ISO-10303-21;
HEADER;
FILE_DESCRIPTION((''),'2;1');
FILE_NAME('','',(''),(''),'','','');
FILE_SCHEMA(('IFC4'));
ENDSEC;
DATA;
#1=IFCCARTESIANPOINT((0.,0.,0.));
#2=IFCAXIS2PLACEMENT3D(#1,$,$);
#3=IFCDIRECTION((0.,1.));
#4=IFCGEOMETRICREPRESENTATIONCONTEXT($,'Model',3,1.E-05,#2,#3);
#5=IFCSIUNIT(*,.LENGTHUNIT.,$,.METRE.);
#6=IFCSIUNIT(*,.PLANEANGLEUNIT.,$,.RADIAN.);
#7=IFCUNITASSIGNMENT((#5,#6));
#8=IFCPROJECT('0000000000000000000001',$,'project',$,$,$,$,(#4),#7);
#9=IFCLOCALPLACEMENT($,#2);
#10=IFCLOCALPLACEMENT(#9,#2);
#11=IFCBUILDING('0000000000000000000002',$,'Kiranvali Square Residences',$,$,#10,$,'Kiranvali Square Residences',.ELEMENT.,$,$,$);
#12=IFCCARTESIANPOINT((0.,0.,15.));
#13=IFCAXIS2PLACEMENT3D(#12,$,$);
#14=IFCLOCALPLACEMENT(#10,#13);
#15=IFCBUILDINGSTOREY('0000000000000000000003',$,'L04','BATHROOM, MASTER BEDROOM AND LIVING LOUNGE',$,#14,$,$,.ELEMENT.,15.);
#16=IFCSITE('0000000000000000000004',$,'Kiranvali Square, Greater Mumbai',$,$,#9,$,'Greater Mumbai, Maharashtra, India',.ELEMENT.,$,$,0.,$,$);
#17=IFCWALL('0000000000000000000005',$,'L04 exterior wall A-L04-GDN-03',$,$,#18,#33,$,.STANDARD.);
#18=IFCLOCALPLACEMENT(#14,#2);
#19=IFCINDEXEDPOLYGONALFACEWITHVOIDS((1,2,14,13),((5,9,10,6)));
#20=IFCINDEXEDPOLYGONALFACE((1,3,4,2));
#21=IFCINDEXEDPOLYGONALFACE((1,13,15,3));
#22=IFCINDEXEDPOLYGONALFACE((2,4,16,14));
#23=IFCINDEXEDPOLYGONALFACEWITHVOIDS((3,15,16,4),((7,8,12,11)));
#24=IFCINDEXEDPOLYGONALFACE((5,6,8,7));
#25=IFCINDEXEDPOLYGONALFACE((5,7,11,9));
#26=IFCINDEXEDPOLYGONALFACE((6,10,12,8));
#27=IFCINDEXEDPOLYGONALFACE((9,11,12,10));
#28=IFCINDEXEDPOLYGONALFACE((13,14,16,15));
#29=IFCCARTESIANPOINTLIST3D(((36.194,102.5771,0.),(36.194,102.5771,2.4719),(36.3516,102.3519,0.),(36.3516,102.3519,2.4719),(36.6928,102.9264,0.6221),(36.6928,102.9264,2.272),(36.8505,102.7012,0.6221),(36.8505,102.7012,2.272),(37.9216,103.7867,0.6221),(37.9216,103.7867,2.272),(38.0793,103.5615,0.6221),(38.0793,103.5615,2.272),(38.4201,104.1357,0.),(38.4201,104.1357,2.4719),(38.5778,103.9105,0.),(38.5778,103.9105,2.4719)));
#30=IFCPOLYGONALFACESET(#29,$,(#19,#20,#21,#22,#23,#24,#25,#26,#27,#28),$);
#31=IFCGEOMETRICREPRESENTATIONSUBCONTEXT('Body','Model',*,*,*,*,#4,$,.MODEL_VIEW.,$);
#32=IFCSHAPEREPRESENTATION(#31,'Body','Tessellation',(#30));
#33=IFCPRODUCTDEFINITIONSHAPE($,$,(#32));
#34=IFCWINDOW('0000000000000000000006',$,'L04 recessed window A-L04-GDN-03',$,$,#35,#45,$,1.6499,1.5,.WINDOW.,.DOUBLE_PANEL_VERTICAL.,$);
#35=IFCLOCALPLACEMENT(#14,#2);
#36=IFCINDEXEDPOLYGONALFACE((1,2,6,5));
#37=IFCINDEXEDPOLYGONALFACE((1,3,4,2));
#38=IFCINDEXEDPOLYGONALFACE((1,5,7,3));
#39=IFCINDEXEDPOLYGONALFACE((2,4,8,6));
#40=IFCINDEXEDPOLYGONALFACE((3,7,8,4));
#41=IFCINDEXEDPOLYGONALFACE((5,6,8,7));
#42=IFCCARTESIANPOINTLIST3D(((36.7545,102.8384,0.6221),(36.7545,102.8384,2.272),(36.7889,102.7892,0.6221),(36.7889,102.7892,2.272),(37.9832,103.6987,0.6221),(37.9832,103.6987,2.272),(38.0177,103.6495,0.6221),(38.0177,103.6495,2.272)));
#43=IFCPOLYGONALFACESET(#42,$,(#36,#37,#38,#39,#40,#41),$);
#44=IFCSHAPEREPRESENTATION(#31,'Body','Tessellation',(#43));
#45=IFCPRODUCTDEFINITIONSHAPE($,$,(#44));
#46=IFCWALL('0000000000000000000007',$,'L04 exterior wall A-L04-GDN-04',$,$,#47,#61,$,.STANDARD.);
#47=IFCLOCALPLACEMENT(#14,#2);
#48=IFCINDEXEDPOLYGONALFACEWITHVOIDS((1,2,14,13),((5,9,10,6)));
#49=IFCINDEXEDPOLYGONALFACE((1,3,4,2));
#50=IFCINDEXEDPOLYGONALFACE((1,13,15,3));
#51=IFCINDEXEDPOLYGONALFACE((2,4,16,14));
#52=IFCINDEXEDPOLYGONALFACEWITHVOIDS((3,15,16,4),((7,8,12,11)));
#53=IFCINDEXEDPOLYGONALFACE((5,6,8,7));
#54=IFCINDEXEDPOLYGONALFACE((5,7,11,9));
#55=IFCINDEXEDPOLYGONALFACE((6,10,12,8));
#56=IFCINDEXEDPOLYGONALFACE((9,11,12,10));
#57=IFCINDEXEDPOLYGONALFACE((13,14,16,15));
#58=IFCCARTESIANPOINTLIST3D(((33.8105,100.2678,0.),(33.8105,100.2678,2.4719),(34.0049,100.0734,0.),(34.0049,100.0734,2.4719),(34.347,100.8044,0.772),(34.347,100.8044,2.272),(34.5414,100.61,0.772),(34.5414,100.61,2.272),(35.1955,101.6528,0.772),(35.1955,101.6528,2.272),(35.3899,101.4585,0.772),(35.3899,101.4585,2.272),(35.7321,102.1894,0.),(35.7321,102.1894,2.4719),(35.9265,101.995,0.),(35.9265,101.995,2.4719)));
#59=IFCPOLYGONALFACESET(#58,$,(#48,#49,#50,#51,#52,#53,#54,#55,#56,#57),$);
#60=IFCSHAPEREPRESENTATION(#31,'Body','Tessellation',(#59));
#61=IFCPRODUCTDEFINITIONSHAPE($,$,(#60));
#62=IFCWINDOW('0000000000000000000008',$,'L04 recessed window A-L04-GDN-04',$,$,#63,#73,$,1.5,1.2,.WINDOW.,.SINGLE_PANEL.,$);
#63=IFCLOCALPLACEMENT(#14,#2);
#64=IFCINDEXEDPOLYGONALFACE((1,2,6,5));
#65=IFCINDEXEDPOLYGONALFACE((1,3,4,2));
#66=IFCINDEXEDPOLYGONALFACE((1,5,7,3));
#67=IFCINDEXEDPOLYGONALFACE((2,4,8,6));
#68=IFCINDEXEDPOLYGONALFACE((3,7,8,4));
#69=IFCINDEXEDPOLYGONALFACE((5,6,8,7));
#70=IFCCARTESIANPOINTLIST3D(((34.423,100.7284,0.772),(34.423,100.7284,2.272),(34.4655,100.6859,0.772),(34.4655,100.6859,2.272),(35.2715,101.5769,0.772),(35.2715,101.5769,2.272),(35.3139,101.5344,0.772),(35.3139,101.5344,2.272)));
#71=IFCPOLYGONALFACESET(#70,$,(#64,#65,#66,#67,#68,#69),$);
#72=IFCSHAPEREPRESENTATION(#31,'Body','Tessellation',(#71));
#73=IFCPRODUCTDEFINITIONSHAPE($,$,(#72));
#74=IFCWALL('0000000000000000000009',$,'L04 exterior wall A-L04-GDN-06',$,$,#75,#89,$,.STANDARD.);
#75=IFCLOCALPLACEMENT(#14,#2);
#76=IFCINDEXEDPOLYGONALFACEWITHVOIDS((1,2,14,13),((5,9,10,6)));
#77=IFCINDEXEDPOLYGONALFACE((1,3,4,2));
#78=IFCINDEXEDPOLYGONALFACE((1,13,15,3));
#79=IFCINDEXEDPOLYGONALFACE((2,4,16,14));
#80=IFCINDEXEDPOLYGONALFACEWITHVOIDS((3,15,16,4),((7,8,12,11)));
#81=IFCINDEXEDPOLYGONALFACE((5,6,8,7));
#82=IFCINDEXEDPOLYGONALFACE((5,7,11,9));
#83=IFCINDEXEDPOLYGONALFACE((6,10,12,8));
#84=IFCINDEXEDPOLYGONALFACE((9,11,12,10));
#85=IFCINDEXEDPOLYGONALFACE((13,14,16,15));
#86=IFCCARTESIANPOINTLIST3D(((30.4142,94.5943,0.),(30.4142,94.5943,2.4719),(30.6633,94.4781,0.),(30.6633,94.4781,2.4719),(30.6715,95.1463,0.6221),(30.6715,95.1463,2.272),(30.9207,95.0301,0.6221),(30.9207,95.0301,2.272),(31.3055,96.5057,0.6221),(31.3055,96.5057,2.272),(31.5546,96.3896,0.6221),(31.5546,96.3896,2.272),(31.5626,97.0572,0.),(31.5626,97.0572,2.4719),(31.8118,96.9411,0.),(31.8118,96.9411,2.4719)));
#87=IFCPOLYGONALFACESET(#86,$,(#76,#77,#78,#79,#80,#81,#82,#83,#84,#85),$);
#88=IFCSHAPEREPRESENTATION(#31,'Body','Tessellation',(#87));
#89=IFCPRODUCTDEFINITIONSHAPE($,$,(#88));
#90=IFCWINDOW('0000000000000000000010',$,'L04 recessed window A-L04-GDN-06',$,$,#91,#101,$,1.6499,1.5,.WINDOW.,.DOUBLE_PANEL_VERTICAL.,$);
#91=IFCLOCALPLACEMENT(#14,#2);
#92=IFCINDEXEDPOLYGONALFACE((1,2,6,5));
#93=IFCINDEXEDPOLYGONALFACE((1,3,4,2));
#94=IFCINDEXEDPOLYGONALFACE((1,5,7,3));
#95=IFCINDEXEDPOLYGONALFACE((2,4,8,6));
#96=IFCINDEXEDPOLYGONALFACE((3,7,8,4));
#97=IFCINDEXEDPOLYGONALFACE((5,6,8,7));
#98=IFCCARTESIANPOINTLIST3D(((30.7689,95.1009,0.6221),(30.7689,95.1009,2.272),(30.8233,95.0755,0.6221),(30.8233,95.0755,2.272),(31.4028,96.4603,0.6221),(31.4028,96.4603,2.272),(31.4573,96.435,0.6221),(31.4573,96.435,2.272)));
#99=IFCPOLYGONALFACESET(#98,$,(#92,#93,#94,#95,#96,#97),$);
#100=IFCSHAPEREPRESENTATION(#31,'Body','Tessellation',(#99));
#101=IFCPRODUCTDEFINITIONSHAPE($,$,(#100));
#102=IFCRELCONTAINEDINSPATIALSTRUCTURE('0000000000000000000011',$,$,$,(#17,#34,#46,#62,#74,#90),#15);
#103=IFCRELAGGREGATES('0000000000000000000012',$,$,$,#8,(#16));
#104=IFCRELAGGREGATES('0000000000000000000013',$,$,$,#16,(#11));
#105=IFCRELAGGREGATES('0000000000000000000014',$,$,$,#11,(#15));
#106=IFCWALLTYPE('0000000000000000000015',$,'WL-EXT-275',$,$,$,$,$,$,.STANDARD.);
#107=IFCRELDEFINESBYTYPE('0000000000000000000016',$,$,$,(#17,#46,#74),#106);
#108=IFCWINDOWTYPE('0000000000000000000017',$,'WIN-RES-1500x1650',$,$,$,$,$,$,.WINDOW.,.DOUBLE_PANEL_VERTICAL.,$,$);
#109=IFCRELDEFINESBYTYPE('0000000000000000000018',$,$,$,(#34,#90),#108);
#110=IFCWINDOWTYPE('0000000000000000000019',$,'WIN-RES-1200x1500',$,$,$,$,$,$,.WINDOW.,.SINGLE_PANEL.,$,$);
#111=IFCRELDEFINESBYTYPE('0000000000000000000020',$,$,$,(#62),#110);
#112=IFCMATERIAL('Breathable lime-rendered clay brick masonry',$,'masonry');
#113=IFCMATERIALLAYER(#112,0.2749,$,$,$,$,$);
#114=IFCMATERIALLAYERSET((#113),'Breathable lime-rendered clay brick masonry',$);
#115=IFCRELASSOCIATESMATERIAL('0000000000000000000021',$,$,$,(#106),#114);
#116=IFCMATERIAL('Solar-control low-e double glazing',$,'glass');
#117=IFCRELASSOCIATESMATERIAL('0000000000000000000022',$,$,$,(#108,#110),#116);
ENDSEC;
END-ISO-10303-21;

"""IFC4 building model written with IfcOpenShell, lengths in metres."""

from ifc_helpers import new_model, si_unit, direction, frame, frame_2d, origin, place, context, subcontext, project, spatial, rectangle, extrude, material, layer, layer_set, type_object, element, fill, save


model = new_model("IFC4")

# Units and contexts
model_context = context("Model", 3, precision=1e-05, world=origin(), true_north=direction((0.0, 1.0)))
body_context = subcontext(model_context, "Body", "Model", "MODEL_VIEW")
ifc_project = project(units=[si_unit("LENGTHUNIT", "METRE"), si_unit("PLANEANGLEUNIT", "RADIAN")], contexts=[model_context])

# Site, building, storey
site_placement = place(None, origin())
site = spatial("IfcSite", under=ifc_project, at=site_placement, Name="Kiranvali Square, Greater Mumbai", LongName="Greater Mumbai, Maharashtra, India", CompositionType="ELEMENT", RefElevation=0.0)
building_placement = place(site_placement, origin())
building = spatial("IfcBuilding", under=site, at=building_placement, Name="Kiranvali Square Residences", LongName="Kiranvali Square Residences", CompositionType="ELEMENT")
storey_placement = place(building_placement, frame((0.0, 0.0, 15.0)))
storey = spatial("IfcBuildingStorey", under=building, at=storey_placement, Name="L04", Description="BATHROOM, MASTER BEDROOM AND LIVING LOUNGE", CompositionType="ELEMENT", Elevation=15.0)

# Walls, openings, windows
ifc_material_1 = material(Name="Breathable lime-rendered clay brick masonry", Category="masonry")
ifc_layer_1 = layer(ifc_material_1, 0.2749)
ifc_layer_set_1 = layer_set([ifc_layer_1], Name="Breathable lime-rendered clay brick masonry")
wall_type_1 = type_object("IfcWallType", Name="WL-EXT-275", PredefinedType="STANDARD", material=ifc_layer_set_1)
wall_1_placement = place(storey_placement, frame((38.499, 104.0232, 0.0), z_axis=(0.0, 0.0, 1.0), x_axis=(-0.819173, -0.573547, 0.0)))
wall_1 = element("IfcWall", 1, at=wall_1_placement, inside=storey, type_object=wall_type_1, Name="L04 exterior wall A-L04-GDN-03", PredefinedType="STANDARD", context=body_context, shape_type="SweptSolid", body=[
    extrude(rectangle(XDim=2.7175, YDim=0.2749, at=frame_2d((1.3589, 0.0))), origin(), (0.0, 0.0, 1.0), 2.4719),
])
opening_1_placement = place(wall_1_placement, frame((0.6086, 0.0, 0.6221)))
opening_1 = element("IfcOpeningElement", 2, at=opening_1_placement, cuts=wall_1, PredefinedType="OPENING", context=body_context, shape_type="SweptSolid", body=[
    extrude(rectangle(XDim=1.5, YDim=1.6499, at=frame_2d((0.75, 0.825))), frame((0.0, 0.1475, 0.0), z_axis=(0.0, -1.0, 0.0), x_axis=(1.0, 0.0, 0.0)), (0.0, 0.0, 1.0), 0.2949),
])
ifc_material_2 = material(Name="Solar-control low-e double glazing", Category="glass")
window_type_1 = type_object("IfcWindowType", Name="WIN-RES-1500x1650", PartitioningType="DOUBLE_PANEL_VERTICAL", PredefinedType="WINDOW", material=ifc_material_2)
window_1_placement = place(opening_1_placement, origin())
window_1 = element("IfcWindow", 3, at=window_1_placement, inside=storey, type_object=window_type_1, Name="L04 recessed window A-L04-GDN-03", OverallHeight=1.6499, OverallWidth=1.5, PartitioningType="DOUBLE_PANEL_VERTICAL", PredefinedType="WINDOW", context=body_context, shape_type="SweptSolid", body=[
    extrude(rectangle(XDim=1.5, YDim=1.6499, at=frame_2d((0.75, 0.825))), frame((0.0, 0.03, 0.0), z_axis=(0.0, -1.0, 0.0), x_axis=(1.0, 0.0, 0.0)), (0.0, 0.0, 1.0), 0.0601),
])
fill(opening_1, window_1)
wall_2_placement = place(storey_placement, frame((35.8293, 102.0923, 0.0), z_axis=(0.0, 0.0, 1.0), x_axis=(-0.707107, -0.707107, 0.0)))
wall_2 = element("IfcWall", 4, at=wall_2_placement, inside=storey, type_object=wall_type_1, Name="L04 exterior wall A-L04-GDN-04", PredefinedType="STANDARD", context=body_context, shape_type="SweptSolid", body=[
    extrude(rectangle(XDim=2.7175, YDim=0.2749, at=frame_2d((1.3589, 0.0))), origin(), (0.0, 0.0, 1.0), 2.4719),
])
opening_2_placement = place(wall_2_placement, frame((0.7588, 0.0, 0.772)))
opening_2 = element("IfcOpeningElement", 5, at=opening_2_placement, cuts=wall_2, PredefinedType="OPENING", context=body_context, shape_type="SweptSolid", body=[
    extrude(rectangle(XDim=1.2, YDim=1.5, at=frame_2d((0.6001, 0.75))), frame((0.0, 0.1475, 0.0), z_axis=(0.0, -1.0, 0.0), x_axis=(1.0, 0.0, 0.0)), (0.0, 0.0, 1.0), 0.2949),
])
window_type_2 = type_object("IfcWindowType", Name="WIN-RES-1200x1500", PartitioningType="SINGLE_PANEL", PredefinedType="WINDOW", material=ifc_material_2)
window_2_placement = place(opening_2_placement, origin())
window_2 = element("IfcWindow", 6, at=window_2_placement, inside=storey, type_object=window_type_2, Name="L04 recessed window A-L04-GDN-04", OverallHeight=1.5, OverallWidth=1.2, PartitioningType="SINGLE_PANEL", PredefinedType="WINDOW", context=body_context, shape_type="SweptSolid", body=[
    extrude(rectangle(XDim=1.2, YDim=1.5, at=frame_2d((0.6001, 0.75))), frame((0.0, 0.03, 0.0), z_axis=(0.0, -1.0, 0.0), x_axis=(1.0, 0.0, 0.0)), (0.0, 0.0, 1.0), 0.0601),
])
fill(opening_2, window_2)

# Wall, opening, window
wall_3_placement = place(storey_placement, frame((31.6873, 96.9993, 0.0), z_axis=(0.0, 0.0, 1.0), x_axis=(-0.42261, -0.906312, 0.0)))
wall_3 = element("IfcWall", 7, at=wall_3_placement, inside=storey, type_object=wall_type_1, Name="L04 exterior wall A-L04-GDN-06", PredefinedType="STANDARD", context=body_context, shape_type="SweptSolid", body=[
    extrude(rectangle(XDim=2.7175, YDim=0.2749, at=frame_2d((1.3589, 0.0))), origin(), (0.0, 0.0, 1.0), 2.4719),
])
opening_3_placement = place(wall_3_placement, frame((0.6086, 0.0, 0.6221)))
opening_3 = element("IfcOpeningElement", 8, at=opening_3_placement, cuts=wall_3, PredefinedType="OPENING", context=body_context, shape_type="SweptSolid", body=[
    extrude(rectangle(XDim=1.5, YDim=1.6499, at=frame_2d((0.75, 0.825))), frame((0.0, 0.1475, 0.0), z_axis=(0.0, -1.0, 0.0), x_axis=(1.0, 0.0, 0.0)), (0.0, 0.0, 1.0), 0.2949),
])
window_3_placement = place(opening_3_placement, origin())
window_3 = element("IfcWindow", 9, at=window_3_placement, inside=storey, type_object=window_type_1, Name="L04 recessed window A-L04-GDN-06", OverallHeight=1.6499, OverallWidth=1.5, PartitioningType="DOUBLE_PANEL_VERTICAL", PredefinedType="WINDOW", context=body_context, shape_type="SweptSolid", body=[
    extrude(rectangle(XDim=1.5, YDim=1.6499, at=frame_2d((0.75, 0.825))), frame((0.0, 0.03, 0.0), z_axis=(0.0, -1.0, 0.0), x_axis=(1.0, 0.0, 0.0)), (0.0, 0.0, 1.0), 0.0601),
])
fill(opening_3, window_3)

save(model, "model.ifc")
